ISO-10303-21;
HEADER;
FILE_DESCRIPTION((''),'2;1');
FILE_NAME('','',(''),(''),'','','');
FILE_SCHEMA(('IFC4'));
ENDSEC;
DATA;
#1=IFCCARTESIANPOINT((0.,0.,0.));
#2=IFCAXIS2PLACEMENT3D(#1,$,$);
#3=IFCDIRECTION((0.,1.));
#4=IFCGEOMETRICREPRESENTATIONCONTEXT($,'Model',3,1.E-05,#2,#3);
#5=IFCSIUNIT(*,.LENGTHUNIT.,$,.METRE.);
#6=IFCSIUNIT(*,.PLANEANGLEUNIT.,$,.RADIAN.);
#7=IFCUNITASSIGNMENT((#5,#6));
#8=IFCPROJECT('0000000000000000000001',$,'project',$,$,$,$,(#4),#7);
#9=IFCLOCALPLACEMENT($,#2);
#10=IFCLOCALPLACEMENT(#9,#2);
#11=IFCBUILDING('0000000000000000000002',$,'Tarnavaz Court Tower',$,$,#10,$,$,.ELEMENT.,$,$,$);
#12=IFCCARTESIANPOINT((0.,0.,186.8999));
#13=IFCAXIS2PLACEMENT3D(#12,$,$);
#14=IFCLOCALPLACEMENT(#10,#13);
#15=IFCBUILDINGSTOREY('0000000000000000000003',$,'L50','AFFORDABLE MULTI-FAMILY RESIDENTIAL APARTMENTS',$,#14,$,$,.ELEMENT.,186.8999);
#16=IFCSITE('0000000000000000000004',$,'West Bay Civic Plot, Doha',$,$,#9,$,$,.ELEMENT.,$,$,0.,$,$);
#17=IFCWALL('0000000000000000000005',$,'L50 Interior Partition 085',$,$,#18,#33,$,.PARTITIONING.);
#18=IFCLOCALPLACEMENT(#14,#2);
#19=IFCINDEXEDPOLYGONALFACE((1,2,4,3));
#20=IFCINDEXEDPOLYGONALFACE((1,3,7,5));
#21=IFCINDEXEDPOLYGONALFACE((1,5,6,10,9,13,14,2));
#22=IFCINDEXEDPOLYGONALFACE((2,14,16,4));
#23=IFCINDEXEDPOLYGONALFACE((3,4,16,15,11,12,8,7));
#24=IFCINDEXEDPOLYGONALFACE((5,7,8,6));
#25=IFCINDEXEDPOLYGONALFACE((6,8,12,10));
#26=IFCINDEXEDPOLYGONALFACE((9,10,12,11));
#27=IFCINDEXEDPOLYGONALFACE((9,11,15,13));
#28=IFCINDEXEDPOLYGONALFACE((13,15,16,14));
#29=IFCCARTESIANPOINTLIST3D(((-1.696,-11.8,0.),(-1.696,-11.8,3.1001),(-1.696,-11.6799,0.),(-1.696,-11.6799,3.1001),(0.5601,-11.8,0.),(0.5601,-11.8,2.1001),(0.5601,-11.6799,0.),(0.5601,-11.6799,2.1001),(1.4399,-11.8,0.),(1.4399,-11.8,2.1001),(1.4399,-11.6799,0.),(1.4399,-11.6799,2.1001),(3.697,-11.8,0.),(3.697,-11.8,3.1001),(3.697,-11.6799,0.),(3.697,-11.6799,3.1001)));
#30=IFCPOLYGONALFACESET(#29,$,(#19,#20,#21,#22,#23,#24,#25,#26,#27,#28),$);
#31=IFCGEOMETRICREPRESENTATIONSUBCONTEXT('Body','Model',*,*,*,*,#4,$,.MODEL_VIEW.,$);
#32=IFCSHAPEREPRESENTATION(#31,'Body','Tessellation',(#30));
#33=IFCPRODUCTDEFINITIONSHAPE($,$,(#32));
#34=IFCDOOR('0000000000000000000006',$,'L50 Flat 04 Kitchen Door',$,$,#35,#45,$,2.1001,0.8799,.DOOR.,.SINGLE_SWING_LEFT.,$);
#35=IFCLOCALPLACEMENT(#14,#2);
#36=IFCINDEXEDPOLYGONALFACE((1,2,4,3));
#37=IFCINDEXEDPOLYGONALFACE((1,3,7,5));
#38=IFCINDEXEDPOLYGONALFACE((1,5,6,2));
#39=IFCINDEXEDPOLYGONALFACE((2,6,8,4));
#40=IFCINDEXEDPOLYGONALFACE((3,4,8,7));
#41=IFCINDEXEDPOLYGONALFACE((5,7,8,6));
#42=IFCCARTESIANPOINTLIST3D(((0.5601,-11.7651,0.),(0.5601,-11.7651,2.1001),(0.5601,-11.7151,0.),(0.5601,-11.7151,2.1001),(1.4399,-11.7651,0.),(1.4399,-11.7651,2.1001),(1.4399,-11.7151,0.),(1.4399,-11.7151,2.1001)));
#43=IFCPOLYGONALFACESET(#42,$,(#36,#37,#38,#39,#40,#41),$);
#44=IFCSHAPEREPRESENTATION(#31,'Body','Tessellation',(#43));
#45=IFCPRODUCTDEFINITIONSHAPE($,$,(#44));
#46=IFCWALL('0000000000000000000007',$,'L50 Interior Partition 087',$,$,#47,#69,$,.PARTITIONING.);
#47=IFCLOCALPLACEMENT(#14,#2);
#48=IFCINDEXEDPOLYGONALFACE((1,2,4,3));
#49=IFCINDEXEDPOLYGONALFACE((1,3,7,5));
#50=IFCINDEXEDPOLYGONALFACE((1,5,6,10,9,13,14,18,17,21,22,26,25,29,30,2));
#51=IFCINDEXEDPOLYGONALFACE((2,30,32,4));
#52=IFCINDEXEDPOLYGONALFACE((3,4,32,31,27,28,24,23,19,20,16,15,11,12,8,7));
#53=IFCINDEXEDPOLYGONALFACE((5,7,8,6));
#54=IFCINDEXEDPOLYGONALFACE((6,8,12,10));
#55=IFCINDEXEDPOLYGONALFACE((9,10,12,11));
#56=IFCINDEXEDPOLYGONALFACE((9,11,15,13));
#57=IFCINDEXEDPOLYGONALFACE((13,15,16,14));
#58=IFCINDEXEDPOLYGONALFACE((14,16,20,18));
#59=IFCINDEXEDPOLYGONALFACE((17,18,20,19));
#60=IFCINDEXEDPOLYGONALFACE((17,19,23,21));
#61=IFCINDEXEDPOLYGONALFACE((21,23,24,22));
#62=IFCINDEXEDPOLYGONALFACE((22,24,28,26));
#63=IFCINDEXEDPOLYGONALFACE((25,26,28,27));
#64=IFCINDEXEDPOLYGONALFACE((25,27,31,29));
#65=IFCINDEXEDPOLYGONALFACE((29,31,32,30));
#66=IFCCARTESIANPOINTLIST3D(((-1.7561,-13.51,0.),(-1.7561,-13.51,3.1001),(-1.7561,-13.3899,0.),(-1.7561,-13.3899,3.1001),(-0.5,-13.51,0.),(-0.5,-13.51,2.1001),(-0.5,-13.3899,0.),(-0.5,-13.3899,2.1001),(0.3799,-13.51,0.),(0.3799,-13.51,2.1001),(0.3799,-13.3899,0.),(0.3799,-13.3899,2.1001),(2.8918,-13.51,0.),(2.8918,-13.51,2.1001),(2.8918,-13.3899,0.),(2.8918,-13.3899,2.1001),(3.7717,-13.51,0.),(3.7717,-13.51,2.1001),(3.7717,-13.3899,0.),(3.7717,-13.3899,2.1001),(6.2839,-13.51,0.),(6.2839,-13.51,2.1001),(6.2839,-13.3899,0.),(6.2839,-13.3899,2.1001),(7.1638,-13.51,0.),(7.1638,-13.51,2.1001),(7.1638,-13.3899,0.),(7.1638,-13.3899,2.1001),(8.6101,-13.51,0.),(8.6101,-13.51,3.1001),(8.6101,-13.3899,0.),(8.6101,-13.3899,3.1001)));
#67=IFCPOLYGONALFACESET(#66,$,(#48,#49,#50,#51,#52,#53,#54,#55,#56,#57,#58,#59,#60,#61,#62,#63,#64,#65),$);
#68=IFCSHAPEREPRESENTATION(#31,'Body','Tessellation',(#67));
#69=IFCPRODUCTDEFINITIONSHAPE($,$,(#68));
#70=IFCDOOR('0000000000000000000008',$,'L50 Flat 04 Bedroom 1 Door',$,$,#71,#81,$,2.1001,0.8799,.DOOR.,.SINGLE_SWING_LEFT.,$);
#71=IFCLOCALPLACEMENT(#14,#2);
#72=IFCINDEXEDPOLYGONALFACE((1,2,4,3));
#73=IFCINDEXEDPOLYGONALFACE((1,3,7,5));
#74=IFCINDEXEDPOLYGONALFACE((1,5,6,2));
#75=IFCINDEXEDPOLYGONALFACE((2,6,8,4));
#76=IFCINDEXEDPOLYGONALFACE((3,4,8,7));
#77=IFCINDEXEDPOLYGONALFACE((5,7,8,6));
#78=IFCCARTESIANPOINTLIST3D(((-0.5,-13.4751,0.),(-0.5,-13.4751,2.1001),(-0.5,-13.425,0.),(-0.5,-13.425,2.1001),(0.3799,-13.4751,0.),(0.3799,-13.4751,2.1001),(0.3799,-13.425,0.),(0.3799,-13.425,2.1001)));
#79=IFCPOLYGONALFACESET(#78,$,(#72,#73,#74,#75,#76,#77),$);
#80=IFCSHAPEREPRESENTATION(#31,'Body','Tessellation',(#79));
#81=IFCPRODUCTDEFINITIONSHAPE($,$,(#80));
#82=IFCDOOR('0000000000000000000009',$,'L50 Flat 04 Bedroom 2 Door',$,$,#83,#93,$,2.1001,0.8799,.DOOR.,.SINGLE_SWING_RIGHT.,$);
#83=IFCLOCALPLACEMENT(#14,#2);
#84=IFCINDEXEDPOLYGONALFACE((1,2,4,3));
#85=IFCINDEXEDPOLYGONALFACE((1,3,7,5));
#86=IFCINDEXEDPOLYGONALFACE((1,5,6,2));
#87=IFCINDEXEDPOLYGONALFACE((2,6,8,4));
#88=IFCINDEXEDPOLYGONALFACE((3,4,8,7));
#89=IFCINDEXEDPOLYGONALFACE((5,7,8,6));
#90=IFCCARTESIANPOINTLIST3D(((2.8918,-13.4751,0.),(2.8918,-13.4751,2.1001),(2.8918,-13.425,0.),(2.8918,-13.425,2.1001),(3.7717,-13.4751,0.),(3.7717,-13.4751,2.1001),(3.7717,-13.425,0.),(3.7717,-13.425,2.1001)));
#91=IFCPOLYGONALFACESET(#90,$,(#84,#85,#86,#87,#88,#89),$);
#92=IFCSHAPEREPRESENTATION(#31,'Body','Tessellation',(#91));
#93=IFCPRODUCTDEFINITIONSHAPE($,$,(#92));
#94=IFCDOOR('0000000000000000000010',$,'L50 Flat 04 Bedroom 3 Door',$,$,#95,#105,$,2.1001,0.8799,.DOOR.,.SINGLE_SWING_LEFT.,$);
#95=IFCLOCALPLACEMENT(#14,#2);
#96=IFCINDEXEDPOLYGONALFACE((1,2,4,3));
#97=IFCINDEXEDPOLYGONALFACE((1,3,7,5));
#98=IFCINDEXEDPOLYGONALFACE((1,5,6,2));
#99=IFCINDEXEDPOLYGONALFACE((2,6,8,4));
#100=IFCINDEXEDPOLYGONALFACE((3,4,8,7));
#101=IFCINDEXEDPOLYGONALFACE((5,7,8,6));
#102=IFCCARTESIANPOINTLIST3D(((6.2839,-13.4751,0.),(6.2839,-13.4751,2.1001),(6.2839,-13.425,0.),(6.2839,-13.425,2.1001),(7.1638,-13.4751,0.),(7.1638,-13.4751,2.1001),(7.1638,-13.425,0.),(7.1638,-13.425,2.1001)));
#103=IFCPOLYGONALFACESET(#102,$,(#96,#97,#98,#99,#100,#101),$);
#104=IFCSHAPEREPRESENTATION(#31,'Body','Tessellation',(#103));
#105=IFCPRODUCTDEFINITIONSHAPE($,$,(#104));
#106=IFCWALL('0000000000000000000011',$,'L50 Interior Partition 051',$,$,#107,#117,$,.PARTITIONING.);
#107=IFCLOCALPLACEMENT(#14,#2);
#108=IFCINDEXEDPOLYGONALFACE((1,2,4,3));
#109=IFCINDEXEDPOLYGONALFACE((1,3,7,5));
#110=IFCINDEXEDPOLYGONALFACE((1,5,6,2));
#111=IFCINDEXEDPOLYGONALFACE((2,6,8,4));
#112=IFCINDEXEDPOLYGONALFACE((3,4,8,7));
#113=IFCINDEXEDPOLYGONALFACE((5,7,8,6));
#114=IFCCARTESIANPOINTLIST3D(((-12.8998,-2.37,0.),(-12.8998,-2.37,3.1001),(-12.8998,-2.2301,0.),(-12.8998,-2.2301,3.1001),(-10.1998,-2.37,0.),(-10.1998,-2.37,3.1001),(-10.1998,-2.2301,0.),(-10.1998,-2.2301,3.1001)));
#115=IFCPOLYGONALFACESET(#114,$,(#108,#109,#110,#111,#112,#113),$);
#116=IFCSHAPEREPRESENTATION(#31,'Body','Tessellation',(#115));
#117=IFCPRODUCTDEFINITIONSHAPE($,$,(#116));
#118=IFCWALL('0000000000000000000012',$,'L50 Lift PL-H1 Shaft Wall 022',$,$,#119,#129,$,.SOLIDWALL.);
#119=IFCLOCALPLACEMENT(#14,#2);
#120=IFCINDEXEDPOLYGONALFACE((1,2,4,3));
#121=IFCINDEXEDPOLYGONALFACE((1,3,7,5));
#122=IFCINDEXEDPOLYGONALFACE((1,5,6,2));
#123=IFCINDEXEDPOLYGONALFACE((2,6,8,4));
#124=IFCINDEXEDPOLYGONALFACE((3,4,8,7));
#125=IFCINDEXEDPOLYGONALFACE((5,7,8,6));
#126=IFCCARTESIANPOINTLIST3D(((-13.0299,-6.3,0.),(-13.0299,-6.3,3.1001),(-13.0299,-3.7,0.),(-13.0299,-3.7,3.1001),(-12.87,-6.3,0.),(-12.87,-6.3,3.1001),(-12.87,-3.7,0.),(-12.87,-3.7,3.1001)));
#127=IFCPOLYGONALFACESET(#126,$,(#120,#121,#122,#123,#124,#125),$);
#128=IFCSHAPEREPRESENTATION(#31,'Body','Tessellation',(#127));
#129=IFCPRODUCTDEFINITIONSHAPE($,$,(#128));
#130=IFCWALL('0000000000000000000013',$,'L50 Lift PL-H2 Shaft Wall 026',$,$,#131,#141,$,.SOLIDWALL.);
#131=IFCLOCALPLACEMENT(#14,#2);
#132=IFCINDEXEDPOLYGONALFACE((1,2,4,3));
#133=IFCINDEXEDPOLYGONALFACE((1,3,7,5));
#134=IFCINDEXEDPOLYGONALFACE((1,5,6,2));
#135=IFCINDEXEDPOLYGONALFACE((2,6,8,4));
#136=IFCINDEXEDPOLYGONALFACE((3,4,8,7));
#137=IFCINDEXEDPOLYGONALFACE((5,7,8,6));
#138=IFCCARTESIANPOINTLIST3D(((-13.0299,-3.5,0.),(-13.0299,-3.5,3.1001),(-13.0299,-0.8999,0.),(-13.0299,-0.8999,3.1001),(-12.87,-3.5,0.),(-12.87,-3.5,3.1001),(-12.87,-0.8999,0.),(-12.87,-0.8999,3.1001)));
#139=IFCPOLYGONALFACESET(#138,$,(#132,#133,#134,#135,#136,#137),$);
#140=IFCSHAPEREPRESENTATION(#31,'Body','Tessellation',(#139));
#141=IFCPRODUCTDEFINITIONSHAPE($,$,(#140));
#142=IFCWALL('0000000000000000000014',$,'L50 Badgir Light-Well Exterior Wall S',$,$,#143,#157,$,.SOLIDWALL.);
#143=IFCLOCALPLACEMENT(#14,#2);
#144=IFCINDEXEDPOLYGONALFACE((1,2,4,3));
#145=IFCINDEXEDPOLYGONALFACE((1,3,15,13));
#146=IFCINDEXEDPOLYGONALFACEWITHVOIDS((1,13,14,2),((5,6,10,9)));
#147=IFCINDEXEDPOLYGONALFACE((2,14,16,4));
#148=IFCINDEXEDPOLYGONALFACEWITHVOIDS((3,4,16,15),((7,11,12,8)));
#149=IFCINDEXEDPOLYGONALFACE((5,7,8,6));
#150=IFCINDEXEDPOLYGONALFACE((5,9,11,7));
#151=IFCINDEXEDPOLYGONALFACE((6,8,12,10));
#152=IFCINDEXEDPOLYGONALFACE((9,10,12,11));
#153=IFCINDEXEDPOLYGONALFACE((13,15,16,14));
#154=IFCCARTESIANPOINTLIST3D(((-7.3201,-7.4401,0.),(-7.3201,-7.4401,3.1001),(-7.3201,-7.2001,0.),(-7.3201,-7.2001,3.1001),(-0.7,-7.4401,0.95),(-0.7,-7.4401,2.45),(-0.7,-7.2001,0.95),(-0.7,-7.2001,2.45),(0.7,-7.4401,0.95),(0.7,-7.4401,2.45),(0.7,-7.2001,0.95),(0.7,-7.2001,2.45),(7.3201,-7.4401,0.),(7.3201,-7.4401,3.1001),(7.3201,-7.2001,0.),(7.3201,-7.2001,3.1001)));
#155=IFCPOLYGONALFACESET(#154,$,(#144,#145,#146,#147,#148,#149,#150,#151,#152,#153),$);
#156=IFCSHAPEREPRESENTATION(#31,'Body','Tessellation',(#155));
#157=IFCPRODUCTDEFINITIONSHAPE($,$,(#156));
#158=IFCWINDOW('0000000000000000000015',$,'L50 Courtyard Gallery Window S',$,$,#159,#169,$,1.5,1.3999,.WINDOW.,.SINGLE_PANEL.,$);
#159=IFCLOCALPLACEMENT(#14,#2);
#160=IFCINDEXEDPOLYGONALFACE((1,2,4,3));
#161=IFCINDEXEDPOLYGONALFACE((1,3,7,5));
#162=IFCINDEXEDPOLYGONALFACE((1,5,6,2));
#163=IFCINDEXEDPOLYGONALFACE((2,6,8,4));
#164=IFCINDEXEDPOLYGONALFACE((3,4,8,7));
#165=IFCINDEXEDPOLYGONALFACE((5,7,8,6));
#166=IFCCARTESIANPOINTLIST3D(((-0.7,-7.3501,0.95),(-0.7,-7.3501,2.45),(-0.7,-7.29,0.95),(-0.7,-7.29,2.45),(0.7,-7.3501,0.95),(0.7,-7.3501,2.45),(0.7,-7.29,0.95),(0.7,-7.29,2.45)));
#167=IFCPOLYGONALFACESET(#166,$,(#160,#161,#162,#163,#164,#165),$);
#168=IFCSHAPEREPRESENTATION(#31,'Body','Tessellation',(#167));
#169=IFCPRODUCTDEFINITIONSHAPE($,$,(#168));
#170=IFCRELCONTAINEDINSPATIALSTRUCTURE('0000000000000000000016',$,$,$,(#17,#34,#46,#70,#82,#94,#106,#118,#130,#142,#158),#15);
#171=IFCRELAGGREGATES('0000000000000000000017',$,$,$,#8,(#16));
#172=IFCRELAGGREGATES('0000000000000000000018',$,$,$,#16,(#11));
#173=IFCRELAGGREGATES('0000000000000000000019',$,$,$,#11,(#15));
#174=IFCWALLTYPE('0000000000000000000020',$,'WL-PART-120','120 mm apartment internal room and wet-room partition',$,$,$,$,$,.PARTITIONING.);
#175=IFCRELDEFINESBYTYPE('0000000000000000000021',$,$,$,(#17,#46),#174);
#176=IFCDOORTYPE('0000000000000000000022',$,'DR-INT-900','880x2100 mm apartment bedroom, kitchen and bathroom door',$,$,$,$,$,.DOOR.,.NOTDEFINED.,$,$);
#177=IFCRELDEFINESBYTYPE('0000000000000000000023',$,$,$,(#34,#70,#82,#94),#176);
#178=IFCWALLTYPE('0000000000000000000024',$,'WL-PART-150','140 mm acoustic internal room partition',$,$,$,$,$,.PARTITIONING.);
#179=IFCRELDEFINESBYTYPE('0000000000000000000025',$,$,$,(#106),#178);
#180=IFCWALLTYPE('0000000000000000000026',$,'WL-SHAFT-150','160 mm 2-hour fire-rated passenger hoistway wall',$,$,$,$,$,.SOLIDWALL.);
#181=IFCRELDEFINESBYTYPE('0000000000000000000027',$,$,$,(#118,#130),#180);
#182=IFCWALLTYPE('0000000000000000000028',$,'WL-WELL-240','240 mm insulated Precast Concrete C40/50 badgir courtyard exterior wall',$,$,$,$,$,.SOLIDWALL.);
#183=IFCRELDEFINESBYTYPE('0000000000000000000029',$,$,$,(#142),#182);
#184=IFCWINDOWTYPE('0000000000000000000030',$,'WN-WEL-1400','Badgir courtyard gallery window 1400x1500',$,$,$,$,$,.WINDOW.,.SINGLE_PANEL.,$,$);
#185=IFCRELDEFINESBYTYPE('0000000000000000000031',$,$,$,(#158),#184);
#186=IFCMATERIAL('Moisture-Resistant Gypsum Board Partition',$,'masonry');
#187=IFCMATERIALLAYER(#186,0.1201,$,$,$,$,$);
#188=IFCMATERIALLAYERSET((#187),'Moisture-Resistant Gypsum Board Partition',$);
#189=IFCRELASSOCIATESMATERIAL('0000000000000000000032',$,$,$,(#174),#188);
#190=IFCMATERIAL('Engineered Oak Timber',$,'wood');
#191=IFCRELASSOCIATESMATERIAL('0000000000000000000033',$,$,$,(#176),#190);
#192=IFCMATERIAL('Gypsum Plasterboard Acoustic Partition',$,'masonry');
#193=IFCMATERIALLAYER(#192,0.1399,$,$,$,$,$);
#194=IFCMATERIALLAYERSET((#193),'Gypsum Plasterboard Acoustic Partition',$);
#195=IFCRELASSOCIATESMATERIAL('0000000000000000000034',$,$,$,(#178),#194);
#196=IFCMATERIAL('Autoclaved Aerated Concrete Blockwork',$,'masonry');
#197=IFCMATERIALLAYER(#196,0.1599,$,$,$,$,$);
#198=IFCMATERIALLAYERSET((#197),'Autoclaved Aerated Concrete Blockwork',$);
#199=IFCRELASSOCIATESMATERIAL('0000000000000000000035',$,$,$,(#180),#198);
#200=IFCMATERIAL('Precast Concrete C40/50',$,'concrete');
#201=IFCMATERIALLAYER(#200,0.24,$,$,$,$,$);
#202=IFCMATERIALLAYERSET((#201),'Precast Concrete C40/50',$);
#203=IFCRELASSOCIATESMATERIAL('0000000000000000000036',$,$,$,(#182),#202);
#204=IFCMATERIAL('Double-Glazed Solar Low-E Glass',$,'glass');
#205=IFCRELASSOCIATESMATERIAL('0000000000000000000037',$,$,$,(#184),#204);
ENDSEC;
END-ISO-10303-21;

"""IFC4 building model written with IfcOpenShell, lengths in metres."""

from ifc_helpers import new_model, si_unit, direction, frame, frame_2d, origin, place, context, subcontext, project, spatial, rectangle, extrude, material, layer, layer_set, type_object, element, fill, save


model = new_model("IFC4")

# Units and contexts
model_context = context("Model", 3, precision=1e-05, world=origin(), true_north=direction((0.0, 1.0)))
body_context = subcontext(model_context, "Body", "Model", "MODEL_VIEW")
ifc_project = project(units=[si_unit("LENGTHUNIT", "METRE"), si_unit("PLANEANGLEUNIT", "RADIAN")], contexts=[model_context])

# Site, building, storey
site_placement = place(None, origin())
site = spatial("IfcSite", under=ifc_project, at=site_placement, Name="West Bay Civic Plot, Doha", CompositionType="ELEMENT", RefElevation=0.0)
building_placement = place(site_placement, origin())
building = spatial("IfcBuilding", under=site, at=building_placement, Name="Tarnavaz Court Tower", CompositionType="ELEMENT")
storey_placement = place(building_placement, frame((0.0, 0.0, 186.8999)))
storey = spatial("IfcBuildingStorey", under=building, at=storey_placement, Name="L50", Description="AFFORDABLE MULTI-FAMILY RESIDENTIAL APARTMENTS", CompositionType="ELEMENT", Elevation=186.8999)

# Shared definitions
ifc_material_1 = material(Name="Moisture-Resistant Gypsum Board Partition", Category="masonry")
ifc_layer_1 = layer(ifc_material_1, 0.1201)
ifc_layer_set_1 = layer_set([ifc_layer_1], Name="Moisture-Resistant Gypsum Board Partition")
wall_type_1 = type_object("IfcWallType", Name="WL-PART-120", Description="120 mm apartment internal room and wet-room partition", PredefinedType="PARTITIONING", material=ifc_layer_set_1)
ifc_material_2 = material(Name="Engineered Oak Timber", Category="wood")
door_type_1 = type_object("IfcDoorType", Name="DR-INT-900", Description="880x2100 mm apartment bedroom, kitchen and bathroom door", OperationType="NOTDEFINED", PredefinedType="DOOR", material=ifc_material_2)

# Wall, opening, door
wall_1_placement = place(storey_placement, frame((-1.696, -11.74, 0.0), z_axis=(0.0, 0.0, 1.0), x_axis=(1.0, 0.0, 0.0)))
wall_1 = element("IfcWall", 1, at=wall_1_placement, inside=storey, type_object=wall_type_1, Name="L50 Interior Partition 085", PredefinedType="PARTITIONING", context=body_context, shape_type="SweptSolid", body=[
    extrude(rectangle(XDim=5.3931, YDim=0.1201, at=frame_2d((2.6965, 0.0))), origin(), (0.0, 0.0, 1.0), 3.1001),
])
opening_1_placement = place(wall_1_placement, frame((2.2561, 0.0, 0.0)))
opening_1 = element("IfcOpeningElement", 2, at=opening_1_placement, cuts=wall_1, PredefinedType="OPENING", context=body_context, shape_type="SweptSolid", body=[
    extrude(rectangle(XDim=0.8799, YDim=2.1001, at=frame_2d((0.4399, 1.05))), frame((0.0, 0.0701, 0.0), z_axis=(0.0, -1.0, 0.0), x_axis=(1.0, 0.0, 0.0)), (0.0, 0.0, 1.0), 0.1401),
])
door_1_placement = place(opening_1_placement, origin())
door_1 = element("IfcDoor", 3, at=door_1_placement, inside=storey, type_object=door_type_1, Name="L50 Flat 04 Kitchen Door", OperationType="SINGLE_SWING_LEFT", OverallHeight=2.1001, OverallWidth=0.8799, PredefinedType="DOOR", context=body_context, shape_type="SweptSolid", body=[
    extrude(rectangle(XDim=0.8799, YDim=2.1001, at=frame_2d((0.4399, 1.05))), frame((0.0, 0.0249, 0.0), z_axis=(0.0, -1.0, 0.0), x_axis=(1.0, 0.0, 0.0)), (0.0, 0.0, 1.0), 0.05),
])
fill(opening_1, door_1)

# Wall, openings, doors
wall_2_placement = place(storey_placement, frame((-1.7561, -13.45, 0.0), z_axis=(0.0, 0.0, 1.0), x_axis=(1.0, 0.0, 0.0)))
wall_2 = element("IfcWall", 4, at=wall_2_placement, inside=storey, type_object=wall_type_1, Name="L50 Interior Partition 087", PredefinedType="PARTITIONING", context=body_context, shape_type="SweptSolid", body=[
    extrude(rectangle(XDim=10.3662, YDim=0.1201, at=frame_2d((5.1831, 0.0))), origin(), (0.0, 0.0, 1.0), 3.1001),
])
opening_2_placement = place(wall_2_placement, frame((1.2561, 0.0, 0.0)))
opening_2 = element("IfcOpeningElement", 5, at=opening_2_placement, cuts=wall_2, PredefinedType="OPENING", context=body_context, shape_type="SweptSolid", body=[
    extrude(rectangle(XDim=0.8799, YDim=2.1001, at=frame_2d((0.4399, 1.05))), frame((0.0, 0.0701, 0.0), z_axis=(0.0, -1.0, 0.0), x_axis=(1.0, 0.0, 0.0)), (0.0, 0.0, 1.0), 0.1401),
])
opening_3_placement = place(wall_2_placement, frame((4.6479, 0.0, 0.0)))
opening_3 = element("IfcOpeningElement", 6, at=opening_3_placement, cuts=wall_2, PredefinedType="OPENING", context=body_context, shape_type="SweptSolid", body=[
    extrude(rectangle(XDim=0.8799, YDim=2.1001, at=frame_2d((0.4399, 1.05))), frame((0.0, 0.0701, 0.0), z_axis=(0.0, -1.0, 0.0), x_axis=(1.0, 0.0, 0.0)), (0.0, 0.0, 1.0), 0.1401),
])
opening_4_placement = place(wall_2_placement, frame((8.04, 0.0, 0.0)))
opening_4 = element("IfcOpeningElement", 7, at=opening_4_placement, cuts=wall_2, PredefinedType="OPENING", context=body_context, shape_type="SweptSolid", body=[
    extrude(rectangle(XDim=0.8799, YDim=2.1001, at=frame_2d((0.4399, 1.05))), frame((0.0, 0.0701, 0.0), z_axis=(0.0, -1.0, 0.0), x_axis=(1.0, 0.0, 0.0)), (0.0, 0.0, 1.0), 0.1401),
])
door_2_placement = place(opening_2_placement, origin())
door_2 = element("IfcDoor", 8, at=door_2_placement, inside=storey, type_object=door_type_1, Name="L50 Flat 04 Bedroom 1 Door", OperationType="SINGLE_SWING_LEFT", OverallHeight=2.1001, OverallWidth=0.8799, PredefinedType="DOOR", context=body_context, shape_type="SweptSolid", body=[
    extrude(rectangle(XDim=0.8799, YDim=2.1001, at=frame_2d((0.4399, 1.05))), frame((0.0, 0.0249, 0.0), z_axis=(0.0, -1.0, 0.0), x_axis=(1.0, 0.0, 0.0)), (0.0, 0.0, 1.0), 0.05),
])
fill(opening_2, door_2)
door_3_placement = place(opening_3_placement, origin())
door_3 = element("IfcDoor", 9, at=door_3_placement, inside=storey, type_object=door_type_1, Name="L50 Flat 04 Bedroom 2 Door", OperationType="SINGLE_SWING_RIGHT", OverallHeight=2.1001, OverallWidth=0.8799, PredefinedType="DOOR", context=body_context, shape_type="SweptSolid", body=[
    extrude(rectangle(XDim=0.8799, YDim=2.1001, at=frame_2d((0.4399, 1.05))), frame((0.0, 0.0249, 0.0), z_axis=(0.0, -1.0, 0.0), x_axis=(1.0, 0.0, 0.0)), (0.0, 0.0, 1.0), 0.05),
])
fill(opening_3, door_3)
door_4_placement = place(opening_4_placement, origin())
door_4 = element("IfcDoor", 10, at=door_4_placement, inside=storey, type_object=door_type_1, Name="L50 Flat 04 Bedroom 3 Door", OperationType="SINGLE_SWING_LEFT", OverallHeight=2.1001, OverallWidth=0.8799, PredefinedType="DOOR", context=body_context, shape_type="SweptSolid", body=[
    extrude(rectangle(XDim=0.8799, YDim=2.1001, at=frame_2d((0.4399, 1.05))), frame((0.0, 0.0249, 0.0), z_axis=(0.0, -1.0, 0.0), x_axis=(1.0, 0.0, 0.0)), (0.0, 0.0, 1.0), 0.05),
])
fill(opening_4, door_4)
ifc_material_3 = material(Name="Gypsum Plasterboard Acoustic Partition", Category="masonry")
ifc_layer_2 = layer(ifc_material_3, 0.1399)
ifc_layer_set_2 = layer_set([ifc_layer_2], Name="Gypsum Plasterboard Acoustic Partition")
wall_type_2 = type_object("IfcWallType", Name="WL-PART-150", Description="140 mm acoustic internal room partition", PredefinedType="PARTITIONING", material=ifc_layer_set_2)

# Walls
wall_3_placement = place(storey_placement, frame((-12.8999, -2.3, 0.0), z_axis=(0.0, 0.0, 1.0), x_axis=(1.0, 0.0, 0.0)))
element("IfcWall", 11, at=wall_3_placement, inside=storey, type_object=wall_type_2, Name="L50 Interior Partition 051", PredefinedType="PARTITIONING", context=body_context, shape_type="SweptSolid", body=[
    extrude(rectangle(XDim=2.7, YDim=0.1399, at=frame_2d((1.3501, 0.0))), origin(), (0.0, 0.0, 1.0), 3.1001),
])
ifc_material_4 = material(Name="Autoclaved Aerated Concrete Blockwork", Category="masonry")
ifc_layer_3 = layer(ifc_material_4, 0.1599)
ifc_layer_set_3 = layer_set([ifc_layer_3], Name="Autoclaved Aerated Concrete Blockwork")
wall_type_3 = type_object("IfcWallType", Name="WL-SHAFT-150", Description="160 mm 2-hour fire-rated passenger hoistway wall", PredefinedType="SOLIDWALL", material=ifc_layer_set_3)
for number, where, z_axis, x_axis, name in (
    (12, (-12.95, -6.3, 0.0), (0.0, 0.0, 1.0), (0.0, 1.0, 0.0), "L50 Lift PL-H1 Shaft Wall 022"),
    (13, (-12.95, -3.5, 0.0), (0.0, 0.0, 1.0), (0.0, 1.0, 0.0), "L50 Lift PL-H2 Shaft Wall 026"),
):
    element("IfcWall", number, at=place(storey_placement, frame(where, z_axis=z_axis, x_axis=x_axis)), inside=storey, type_object=wall_type_3, Name=name, PredefinedType="SOLIDWALL", context=body_context, shape_type="SweptSolid", body=[
        extrude(rectangle(XDim=2.6001, YDim=0.1599, at=frame_2d((1.3, 0.0))), origin(), (0.0, 0.0, 1.0), 3.1001),
    ])

# Wall, opening, window
ifc_material_5 = material(Name="Precast Concrete C40/50", Category="concrete")
ifc_layer_4 = layer(ifc_material_5, 0.24)
ifc_layer_set_4 = layer_set([ifc_layer_4], Name="Precast Concrete C40/50")
wall_type_4 = type_object("IfcWallType", Name="WL-WELL-240", Description="240 mm insulated Precast Concrete C40/50 badgir courtyard exterior wall", PredefinedType="SOLIDWALL", material=ifc_layer_set_4)
wall_4_placement = place(storey_placement, frame((-7.3201, -7.3201, 0.0), z_axis=(0.0, 0.0, 1.0), x_axis=(1.0, 0.0, 0.0)))
wall_4 = element("IfcWall", 14, at=wall_4_placement, inside=storey, type_object=wall_type_4, Name="L50 Badgir Light-Well Exterior Wall S", PredefinedType="SOLIDWALL", context=body_context, shape_type="SweptSolid", body=[
    extrude(rectangle(XDim=14.6401, YDim=0.24, at=frame_2d((7.3201, 0.0))), origin(), (0.0, 0.0, 1.0), 3.1001),
])
opening_5_placement = place(wall_4_placement, frame((6.6201, 0.0, 0.95)))
opening_5 = element("IfcOpeningElement", 15, at=opening_5_placement, cuts=wall_4, PredefinedType="OPENING", context=body_context, shape_type="SweptSolid", body=[
    extrude(rectangle(XDim=1.3999, YDim=1.5, at=frame_2d((0.7, 0.75))), frame((0.0, 0.1299, 0.0), z_axis=(0.0, -1.0, 0.0), x_axis=(1.0, 0.0, 0.0)), (0.0, 0.0, 1.0), 0.26),
])
ifc_material_6 = material(Name="Double-Glazed Solar Low-E Glass", Category="glass")
window_type = type_object("IfcWindowType", Name="WN-WEL-1400", Description="Badgir courtyard gallery window 1400x1500", PartitioningType="SINGLE_PANEL", PredefinedType="WINDOW", material=ifc_material_6)
window_placement = place(opening_5_placement, origin())
window = element("IfcWindow", 16, at=window_placement, inside=storey, type_object=window_type, Name="L50 Courtyard Gallery Window S", OverallHeight=1.5, OverallWidth=1.3999, PartitioningType="SINGLE_PANEL", PredefinedType="WINDOW", context=body_context, shape_type="SweptSolid", body=[
    extrude(rectangle(XDim=1.3999, YDim=1.5, at=frame_2d((0.7, 0.75))), frame((0.0, 0.03, 0.0), z_axis=(0.0, -1.0, 0.0), x_axis=(1.0, 0.0, 0.0)), (0.0, 0.0, 1.0), 0.0601),
])
fill(opening_5, window)

save(model, "model.ifc")
